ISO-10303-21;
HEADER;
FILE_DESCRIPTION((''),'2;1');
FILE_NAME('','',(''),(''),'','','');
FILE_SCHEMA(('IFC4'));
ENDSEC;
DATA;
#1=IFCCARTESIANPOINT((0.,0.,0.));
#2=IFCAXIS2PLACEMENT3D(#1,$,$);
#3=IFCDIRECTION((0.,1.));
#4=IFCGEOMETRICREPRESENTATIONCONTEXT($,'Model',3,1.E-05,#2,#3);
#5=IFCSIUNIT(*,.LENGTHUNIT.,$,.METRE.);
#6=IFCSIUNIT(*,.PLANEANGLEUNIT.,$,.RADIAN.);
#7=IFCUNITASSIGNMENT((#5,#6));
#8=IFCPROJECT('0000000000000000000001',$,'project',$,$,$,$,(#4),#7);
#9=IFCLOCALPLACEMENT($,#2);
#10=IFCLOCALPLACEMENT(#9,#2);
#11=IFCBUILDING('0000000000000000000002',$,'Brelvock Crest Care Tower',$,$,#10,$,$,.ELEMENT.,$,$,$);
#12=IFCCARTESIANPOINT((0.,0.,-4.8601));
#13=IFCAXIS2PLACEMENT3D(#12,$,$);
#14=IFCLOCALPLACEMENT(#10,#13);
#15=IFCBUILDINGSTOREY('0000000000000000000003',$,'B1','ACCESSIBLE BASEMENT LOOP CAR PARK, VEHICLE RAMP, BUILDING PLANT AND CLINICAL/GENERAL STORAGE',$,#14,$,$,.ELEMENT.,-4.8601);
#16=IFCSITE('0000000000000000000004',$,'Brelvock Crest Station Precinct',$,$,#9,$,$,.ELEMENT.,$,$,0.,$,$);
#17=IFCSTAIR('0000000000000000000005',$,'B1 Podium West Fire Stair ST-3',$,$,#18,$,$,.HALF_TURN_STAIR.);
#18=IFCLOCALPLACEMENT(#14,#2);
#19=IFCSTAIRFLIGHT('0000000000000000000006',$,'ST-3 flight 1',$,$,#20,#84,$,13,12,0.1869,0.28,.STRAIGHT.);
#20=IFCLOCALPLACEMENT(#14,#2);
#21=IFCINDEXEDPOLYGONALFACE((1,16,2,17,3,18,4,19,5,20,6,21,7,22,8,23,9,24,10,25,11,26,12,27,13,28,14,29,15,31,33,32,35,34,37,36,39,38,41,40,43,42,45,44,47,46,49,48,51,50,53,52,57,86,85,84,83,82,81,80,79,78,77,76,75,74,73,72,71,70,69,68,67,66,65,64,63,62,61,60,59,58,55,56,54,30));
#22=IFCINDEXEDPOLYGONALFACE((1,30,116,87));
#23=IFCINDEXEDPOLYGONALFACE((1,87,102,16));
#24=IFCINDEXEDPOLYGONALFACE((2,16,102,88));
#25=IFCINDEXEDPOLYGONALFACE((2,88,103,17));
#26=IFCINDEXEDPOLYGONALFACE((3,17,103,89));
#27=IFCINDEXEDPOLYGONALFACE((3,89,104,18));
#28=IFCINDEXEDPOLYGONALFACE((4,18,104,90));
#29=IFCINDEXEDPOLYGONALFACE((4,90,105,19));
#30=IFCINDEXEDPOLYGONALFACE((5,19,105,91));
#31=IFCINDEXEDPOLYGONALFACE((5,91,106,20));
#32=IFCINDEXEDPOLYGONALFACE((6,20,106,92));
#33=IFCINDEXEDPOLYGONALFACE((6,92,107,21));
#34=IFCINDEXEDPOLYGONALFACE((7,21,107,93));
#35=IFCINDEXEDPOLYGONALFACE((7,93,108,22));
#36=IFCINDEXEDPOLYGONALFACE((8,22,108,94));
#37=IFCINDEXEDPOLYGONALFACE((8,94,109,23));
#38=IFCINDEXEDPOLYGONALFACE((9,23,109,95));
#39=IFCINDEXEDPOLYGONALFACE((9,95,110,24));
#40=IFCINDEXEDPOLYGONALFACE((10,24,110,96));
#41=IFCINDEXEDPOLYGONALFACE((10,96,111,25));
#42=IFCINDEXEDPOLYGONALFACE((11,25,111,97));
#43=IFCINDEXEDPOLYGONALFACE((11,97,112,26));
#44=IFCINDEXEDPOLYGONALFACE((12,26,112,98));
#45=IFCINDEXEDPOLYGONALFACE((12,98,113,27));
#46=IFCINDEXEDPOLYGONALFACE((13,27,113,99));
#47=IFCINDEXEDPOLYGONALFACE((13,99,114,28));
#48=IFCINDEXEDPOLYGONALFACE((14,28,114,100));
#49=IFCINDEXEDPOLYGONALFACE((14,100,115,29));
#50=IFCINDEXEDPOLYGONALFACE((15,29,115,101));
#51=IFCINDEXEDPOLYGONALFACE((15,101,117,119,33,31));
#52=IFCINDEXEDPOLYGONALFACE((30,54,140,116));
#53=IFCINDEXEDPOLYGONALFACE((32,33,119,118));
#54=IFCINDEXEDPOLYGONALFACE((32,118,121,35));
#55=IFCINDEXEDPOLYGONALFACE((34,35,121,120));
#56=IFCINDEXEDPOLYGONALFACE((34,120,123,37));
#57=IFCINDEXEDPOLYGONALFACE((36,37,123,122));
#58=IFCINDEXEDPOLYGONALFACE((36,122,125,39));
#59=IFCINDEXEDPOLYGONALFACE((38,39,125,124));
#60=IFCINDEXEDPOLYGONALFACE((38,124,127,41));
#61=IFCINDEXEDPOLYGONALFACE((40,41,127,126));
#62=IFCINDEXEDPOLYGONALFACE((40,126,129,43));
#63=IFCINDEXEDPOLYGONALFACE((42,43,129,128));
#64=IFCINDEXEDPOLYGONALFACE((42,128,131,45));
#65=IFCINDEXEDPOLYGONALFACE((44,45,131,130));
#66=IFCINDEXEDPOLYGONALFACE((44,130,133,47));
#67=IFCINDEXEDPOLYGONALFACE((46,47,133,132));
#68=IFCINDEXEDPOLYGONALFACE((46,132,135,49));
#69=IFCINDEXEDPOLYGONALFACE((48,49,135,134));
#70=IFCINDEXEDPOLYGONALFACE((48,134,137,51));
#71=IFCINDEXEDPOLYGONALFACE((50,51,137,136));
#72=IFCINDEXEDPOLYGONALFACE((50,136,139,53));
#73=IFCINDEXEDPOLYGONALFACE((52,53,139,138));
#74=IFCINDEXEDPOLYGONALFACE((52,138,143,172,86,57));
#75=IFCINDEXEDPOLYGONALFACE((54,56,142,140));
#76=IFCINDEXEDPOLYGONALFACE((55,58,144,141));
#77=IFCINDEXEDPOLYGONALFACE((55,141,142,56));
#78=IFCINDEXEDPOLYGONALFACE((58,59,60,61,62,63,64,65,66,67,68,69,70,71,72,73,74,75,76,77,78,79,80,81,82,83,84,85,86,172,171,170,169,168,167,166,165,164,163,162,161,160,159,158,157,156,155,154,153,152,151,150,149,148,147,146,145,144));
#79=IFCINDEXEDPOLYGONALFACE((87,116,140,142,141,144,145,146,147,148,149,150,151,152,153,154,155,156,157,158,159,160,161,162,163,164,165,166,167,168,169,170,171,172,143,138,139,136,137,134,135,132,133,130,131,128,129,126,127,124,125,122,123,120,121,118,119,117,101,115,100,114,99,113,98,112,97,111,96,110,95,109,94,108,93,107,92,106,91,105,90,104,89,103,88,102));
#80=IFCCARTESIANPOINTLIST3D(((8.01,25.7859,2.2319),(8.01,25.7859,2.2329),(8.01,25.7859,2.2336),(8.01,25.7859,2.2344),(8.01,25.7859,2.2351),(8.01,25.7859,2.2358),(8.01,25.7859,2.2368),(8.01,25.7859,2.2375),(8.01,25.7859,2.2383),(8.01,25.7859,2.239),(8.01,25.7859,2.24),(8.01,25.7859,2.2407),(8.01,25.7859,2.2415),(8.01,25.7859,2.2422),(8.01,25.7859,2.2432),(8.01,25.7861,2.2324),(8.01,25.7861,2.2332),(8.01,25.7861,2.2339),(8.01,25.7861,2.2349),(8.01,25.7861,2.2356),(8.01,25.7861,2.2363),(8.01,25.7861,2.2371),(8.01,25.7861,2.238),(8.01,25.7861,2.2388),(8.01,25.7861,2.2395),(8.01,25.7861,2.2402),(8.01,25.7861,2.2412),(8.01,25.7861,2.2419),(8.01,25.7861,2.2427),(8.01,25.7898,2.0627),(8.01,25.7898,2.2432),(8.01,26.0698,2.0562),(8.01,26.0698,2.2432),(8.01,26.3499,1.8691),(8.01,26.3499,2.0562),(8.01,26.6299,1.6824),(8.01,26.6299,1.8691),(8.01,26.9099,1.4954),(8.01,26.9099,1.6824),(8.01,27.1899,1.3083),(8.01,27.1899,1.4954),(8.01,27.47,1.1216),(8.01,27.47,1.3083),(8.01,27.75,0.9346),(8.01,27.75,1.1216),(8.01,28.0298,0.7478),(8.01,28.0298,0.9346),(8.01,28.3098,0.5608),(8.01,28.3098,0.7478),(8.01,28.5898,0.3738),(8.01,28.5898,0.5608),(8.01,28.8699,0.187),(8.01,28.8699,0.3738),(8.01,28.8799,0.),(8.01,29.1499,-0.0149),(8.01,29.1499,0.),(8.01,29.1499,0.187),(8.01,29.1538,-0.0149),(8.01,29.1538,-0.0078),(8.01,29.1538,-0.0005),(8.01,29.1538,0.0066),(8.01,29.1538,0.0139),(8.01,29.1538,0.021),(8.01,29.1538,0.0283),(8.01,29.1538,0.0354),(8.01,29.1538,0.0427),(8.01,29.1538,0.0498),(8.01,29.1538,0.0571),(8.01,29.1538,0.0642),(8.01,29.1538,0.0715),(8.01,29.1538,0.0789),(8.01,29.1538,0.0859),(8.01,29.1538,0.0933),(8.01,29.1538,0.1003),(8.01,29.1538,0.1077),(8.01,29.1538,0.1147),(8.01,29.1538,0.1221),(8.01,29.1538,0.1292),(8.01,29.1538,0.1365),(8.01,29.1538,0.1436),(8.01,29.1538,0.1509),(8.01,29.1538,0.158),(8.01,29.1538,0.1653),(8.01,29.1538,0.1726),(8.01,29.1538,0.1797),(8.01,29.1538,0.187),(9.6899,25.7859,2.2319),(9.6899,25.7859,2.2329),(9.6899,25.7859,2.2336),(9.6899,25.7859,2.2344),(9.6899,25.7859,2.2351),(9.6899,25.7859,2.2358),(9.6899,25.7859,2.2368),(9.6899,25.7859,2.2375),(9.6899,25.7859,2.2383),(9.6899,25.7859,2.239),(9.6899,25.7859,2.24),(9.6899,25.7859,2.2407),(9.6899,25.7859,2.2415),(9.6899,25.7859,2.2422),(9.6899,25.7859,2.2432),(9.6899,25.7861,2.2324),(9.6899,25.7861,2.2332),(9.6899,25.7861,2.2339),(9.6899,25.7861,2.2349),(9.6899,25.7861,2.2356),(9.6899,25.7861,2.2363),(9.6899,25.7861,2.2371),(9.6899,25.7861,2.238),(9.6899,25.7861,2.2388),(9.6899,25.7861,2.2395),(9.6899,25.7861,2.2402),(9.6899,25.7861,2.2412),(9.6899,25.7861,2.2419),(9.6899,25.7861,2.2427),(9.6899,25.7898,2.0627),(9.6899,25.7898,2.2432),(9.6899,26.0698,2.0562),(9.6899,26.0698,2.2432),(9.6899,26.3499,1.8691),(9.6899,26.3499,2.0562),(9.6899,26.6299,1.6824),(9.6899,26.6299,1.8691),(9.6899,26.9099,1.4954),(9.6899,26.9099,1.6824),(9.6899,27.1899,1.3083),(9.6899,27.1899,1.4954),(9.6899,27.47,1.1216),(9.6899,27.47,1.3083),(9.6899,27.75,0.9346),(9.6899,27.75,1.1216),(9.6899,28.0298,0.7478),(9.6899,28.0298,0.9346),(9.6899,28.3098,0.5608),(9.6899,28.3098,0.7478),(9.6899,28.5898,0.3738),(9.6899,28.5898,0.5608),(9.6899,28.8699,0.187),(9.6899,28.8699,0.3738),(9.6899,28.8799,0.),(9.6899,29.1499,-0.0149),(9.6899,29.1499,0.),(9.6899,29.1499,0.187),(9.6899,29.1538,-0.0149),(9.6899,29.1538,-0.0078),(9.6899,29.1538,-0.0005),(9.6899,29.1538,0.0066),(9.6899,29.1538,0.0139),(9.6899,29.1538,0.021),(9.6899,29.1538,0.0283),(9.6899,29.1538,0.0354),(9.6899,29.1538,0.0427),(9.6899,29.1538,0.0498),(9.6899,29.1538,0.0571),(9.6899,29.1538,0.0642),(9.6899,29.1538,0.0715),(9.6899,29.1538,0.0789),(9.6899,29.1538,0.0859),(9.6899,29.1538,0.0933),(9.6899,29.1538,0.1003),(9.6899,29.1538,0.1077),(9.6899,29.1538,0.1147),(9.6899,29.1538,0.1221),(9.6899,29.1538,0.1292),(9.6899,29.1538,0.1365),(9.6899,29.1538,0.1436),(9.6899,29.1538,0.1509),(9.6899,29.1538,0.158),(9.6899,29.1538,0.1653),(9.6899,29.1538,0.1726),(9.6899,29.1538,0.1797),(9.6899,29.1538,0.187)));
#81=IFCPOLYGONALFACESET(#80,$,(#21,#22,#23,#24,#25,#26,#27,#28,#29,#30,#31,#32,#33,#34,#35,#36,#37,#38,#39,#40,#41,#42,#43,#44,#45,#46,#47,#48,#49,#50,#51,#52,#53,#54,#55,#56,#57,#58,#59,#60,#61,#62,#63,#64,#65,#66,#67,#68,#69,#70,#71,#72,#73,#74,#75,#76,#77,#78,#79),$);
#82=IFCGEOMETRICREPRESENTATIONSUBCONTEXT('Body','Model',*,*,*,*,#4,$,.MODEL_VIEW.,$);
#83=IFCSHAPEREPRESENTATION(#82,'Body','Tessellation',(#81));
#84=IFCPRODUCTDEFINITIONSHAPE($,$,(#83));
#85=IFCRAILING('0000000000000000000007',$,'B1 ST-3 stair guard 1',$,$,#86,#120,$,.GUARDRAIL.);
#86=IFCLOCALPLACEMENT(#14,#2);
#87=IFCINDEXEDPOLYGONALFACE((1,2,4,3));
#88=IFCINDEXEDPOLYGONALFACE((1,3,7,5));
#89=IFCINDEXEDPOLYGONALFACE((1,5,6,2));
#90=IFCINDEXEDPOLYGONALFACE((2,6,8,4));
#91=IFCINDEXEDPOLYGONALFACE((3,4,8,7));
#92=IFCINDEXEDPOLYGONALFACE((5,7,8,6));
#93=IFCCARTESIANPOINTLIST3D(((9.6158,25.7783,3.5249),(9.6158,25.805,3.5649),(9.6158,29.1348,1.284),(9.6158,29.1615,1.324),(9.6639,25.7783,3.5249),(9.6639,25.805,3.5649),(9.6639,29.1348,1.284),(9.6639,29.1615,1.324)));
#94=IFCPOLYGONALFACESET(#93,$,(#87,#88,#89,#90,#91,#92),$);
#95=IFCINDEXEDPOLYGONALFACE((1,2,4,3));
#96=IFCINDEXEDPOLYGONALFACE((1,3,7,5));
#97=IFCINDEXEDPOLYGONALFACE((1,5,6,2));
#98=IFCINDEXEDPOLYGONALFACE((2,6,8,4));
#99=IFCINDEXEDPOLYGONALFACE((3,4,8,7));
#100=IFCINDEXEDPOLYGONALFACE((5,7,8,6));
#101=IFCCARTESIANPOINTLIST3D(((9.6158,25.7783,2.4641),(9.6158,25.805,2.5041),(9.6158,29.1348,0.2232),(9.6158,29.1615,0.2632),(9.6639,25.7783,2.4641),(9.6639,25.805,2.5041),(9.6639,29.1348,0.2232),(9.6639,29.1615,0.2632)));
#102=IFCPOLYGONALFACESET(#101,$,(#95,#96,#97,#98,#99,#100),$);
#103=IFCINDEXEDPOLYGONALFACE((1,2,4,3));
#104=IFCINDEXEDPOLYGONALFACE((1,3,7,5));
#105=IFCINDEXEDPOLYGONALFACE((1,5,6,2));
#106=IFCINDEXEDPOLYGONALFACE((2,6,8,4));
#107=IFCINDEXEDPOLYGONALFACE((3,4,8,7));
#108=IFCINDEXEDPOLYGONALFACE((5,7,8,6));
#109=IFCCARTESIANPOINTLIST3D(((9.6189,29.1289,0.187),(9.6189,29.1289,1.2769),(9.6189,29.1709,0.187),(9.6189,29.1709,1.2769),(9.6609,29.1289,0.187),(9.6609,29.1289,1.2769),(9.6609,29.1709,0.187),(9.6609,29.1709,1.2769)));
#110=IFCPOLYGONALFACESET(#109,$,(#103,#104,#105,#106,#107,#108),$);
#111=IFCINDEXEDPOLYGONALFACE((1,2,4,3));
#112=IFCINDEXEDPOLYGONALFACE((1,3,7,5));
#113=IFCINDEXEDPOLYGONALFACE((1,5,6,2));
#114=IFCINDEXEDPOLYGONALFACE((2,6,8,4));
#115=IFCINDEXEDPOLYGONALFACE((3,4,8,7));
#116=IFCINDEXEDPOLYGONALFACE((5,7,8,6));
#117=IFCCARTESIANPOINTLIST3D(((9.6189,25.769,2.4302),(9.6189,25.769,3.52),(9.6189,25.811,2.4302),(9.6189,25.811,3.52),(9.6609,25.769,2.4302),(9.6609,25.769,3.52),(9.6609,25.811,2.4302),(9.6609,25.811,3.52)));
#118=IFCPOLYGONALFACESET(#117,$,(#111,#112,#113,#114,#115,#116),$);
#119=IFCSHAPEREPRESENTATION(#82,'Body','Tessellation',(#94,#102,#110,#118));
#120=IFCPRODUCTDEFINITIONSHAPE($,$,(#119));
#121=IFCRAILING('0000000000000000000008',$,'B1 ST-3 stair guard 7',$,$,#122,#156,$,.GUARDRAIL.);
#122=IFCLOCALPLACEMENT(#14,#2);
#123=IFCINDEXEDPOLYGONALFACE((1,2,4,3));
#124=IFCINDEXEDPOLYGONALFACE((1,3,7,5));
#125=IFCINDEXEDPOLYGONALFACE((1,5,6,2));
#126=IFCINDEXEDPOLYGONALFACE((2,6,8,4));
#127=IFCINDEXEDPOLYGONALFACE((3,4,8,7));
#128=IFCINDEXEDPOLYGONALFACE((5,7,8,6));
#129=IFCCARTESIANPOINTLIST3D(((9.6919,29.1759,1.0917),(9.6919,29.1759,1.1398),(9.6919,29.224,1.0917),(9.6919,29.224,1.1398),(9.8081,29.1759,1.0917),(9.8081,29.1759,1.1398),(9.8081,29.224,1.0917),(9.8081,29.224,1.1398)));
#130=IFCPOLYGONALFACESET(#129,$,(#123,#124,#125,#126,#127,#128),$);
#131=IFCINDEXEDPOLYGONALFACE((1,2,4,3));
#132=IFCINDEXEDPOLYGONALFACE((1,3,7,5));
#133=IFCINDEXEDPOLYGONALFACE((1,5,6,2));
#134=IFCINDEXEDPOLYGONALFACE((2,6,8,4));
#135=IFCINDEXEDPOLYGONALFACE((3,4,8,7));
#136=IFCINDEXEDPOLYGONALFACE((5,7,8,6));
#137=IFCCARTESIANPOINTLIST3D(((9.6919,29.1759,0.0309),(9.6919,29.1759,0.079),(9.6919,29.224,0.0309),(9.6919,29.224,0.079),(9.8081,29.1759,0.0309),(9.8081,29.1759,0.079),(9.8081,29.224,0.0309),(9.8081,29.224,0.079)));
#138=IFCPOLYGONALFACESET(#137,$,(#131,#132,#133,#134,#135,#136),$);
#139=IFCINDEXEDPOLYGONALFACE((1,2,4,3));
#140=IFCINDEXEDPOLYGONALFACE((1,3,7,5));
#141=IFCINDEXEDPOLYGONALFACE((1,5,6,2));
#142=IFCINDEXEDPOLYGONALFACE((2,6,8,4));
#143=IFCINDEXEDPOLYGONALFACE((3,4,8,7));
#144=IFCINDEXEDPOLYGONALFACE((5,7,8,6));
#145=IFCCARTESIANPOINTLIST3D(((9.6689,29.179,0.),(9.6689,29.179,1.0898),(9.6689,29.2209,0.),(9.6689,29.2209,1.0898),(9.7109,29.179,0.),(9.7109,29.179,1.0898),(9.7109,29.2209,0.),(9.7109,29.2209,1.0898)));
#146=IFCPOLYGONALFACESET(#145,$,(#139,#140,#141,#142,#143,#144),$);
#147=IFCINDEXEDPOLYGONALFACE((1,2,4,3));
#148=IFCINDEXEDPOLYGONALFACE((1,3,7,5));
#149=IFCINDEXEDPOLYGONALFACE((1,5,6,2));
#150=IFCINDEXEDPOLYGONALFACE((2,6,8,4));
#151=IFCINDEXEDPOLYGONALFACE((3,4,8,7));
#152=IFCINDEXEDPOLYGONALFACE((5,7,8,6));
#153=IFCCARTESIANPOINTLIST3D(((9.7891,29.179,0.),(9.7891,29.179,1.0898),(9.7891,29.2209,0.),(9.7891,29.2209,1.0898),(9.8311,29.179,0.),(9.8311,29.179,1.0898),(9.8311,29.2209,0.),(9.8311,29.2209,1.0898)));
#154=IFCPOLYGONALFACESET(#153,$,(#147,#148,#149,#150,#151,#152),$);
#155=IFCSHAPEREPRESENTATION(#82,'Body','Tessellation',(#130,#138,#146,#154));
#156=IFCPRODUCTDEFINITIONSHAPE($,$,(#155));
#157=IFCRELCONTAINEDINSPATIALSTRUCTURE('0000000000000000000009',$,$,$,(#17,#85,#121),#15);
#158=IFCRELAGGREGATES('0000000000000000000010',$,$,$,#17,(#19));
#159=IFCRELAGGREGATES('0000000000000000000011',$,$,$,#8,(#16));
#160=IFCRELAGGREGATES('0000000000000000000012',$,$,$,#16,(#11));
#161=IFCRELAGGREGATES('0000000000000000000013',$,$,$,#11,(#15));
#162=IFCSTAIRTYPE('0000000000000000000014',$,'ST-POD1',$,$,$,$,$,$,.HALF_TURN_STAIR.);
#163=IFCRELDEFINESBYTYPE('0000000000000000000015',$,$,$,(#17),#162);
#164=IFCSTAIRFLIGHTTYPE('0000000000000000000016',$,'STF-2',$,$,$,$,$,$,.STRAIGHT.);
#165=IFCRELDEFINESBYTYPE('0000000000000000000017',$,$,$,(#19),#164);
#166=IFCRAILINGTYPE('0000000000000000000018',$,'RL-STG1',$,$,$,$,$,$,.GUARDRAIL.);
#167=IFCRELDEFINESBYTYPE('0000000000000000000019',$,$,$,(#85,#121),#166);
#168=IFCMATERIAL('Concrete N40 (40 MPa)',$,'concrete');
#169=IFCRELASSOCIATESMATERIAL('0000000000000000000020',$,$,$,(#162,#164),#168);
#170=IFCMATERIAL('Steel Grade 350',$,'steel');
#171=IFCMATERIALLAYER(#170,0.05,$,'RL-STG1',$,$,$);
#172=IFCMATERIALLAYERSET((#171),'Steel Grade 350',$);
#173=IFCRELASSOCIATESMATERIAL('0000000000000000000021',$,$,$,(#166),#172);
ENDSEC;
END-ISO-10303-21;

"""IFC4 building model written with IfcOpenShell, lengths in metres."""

from ifc_helpers import new_model, si_unit, direction, frame, origin, origin_2d, place, context, subcontext, project, spatial, polyline, rectangle, outline, extrude, material, layer, layer_set, type_object, element, aggregate, save


model = new_model("IFC4")

# Units and contexts
model_context = context("Model", 3, precision=1e-05, world=origin(), true_north=direction((0.0, 1.0)))
body_context = subcontext(model_context, "Body", "Model", "MODEL_VIEW")
ifc_project = project(units=[si_unit("LENGTHUNIT", "METRE"), si_unit("PLANEANGLEUNIT", "RADIAN")], contexts=[model_context])

# Site, building, storey
site_placement = place(None, origin())
site = spatial("IfcSite", under=ifc_project, at=site_placement, Name="Brelvock Crest Station Precinct", CompositionType="ELEMENT", RefElevation=0.0)
building_placement = place(site_placement, origin())
building = spatial("IfcBuilding", under=site, at=building_placement, Name="Brelvock Crest Care Tower", CompositionType="ELEMENT")
storey_placement = place(building_placement, frame((0.0, 0.0, -4.8601)))
storey = spatial("IfcBuildingStorey", under=building, at=storey_placement, Name="B1", Description="ACCESSIBLE BASEMENT LOOP CAR PARK, VEHICLE RAMP, BUILDING PLANT AND CLINICAL/GENERAL STORAGE", CompositionType="ELEMENT", Elevation=-4.8601)

# Shared definitions
ifc_material_1 = material(Name="Steel Grade 350", Category="steel")

# Shared definitions
ifc_material_2 = material(Name="Concrete N40 (40 MPa)", Category="concrete")

# Stair, stair flight
stair_type = type_object("IfcStairType", Name="ST-POD1", PredefinedType="HALF_TURN_STAIR", material=ifc_material_2)
stair_placement = place(storey_placement, origin())
stair = element("IfcStair", 1, at=stair_placement, inside=storey, type_object=stair_type, Name="B1 Podium West Fire Stair ST-3", PredefinedType="HALF_TURN_STAIR")
stair_flight_type = type_object("IfcStairFlightType", Name="STF-2", PredefinedType="STRAIGHT", material=ifc_material_2)
stair_flight_placement = place(storey_placement, frame((8.8501, 29.1499, 0.0), z_axis=(0.0, 0.0, 1.0), x_axis=(0.0, -1.0, 0.0)))
stair_flight = element("IfcStairFlight", 2, at=stair_flight_placement, type_object=stair_flight_type, Name="ST-3 flight 1", NumberOfRisers=13, NumberOfTreads=12, PredefinedType="STRAIGHT", RiserHeight=0.1869, TreadLength=0.28, context=body_context, shape_type="SweptSolid", body=[
    extrude(outline(polyline([(-0.0039, -0.0149), (-0.0039, -0.0078), (-0.0039, -0.0005), (-0.0039, 0.0066), (-0.0039, 0.0139), (-0.0039, 0.021), (-0.0039, 0.0283), (-0.0039, 0.0354), (-0.0039, 0.0427), (-0.0039, 0.0498), (-0.0039, 0.0571), (-0.0039, 0.0642), (-0.0039, 0.0715), (-0.0039, 0.0789), (-0.0039, 0.0859), (-0.0039, 0.0933), (-0.0039, 0.1003), (-0.0039, 0.1077), (-0.0039, 0.1147), (-0.0039, 0.1221), (-0.0039, 0.1292), (-0.0039, 0.1365), (-0.0039, 0.1436), (-0.0039, 0.1509), (-0.0039, 0.158), (-0.0039, 0.1653), (-0.0039, 0.1726), (-0.0039, 0.1797), (-0.0039, 0.187), (0.0, 0.187), (0.28, 0.187), (0.28, 0.3738), (0.5601, 0.3738), (0.5601, 0.5608), (0.8401, 0.5608), (0.8401, 0.7478), (1.1201, 0.7478), (1.1201, 0.9346), (1.3999, 0.9346), (1.3999, 1.1216), (1.6799, 1.1216), (1.6799, 1.3083), (1.96, 1.3083), (1.96, 1.4954), (2.24, 1.4954), (2.24, 1.6824), (2.52, 1.6824), (2.52, 1.8691), (2.8, 1.8691), (2.8, 2.0562), (3.0801, 2.0562), (3.0801, 2.2432), (3.3601, 2.2432), (3.364, 2.2432), (3.3638, 2.2427), (3.364, 2.2422), (3.3638, 2.2419), (3.364, 2.2415), (3.3638, 2.2412), (3.364, 2.2407), (3.3638, 2.2402), (3.364, 2.24), (3.3638, 2.2395), (3.364, 2.239), (3.3638, 2.2388), (3.364, 2.2383), (3.3638, 2.238), (3.364, 2.2375), (3.3638, 2.2371), (3.364, 2.2368), (3.3638, 2.2363), (3.364, 2.2358), (3.3638, 2.2356), (3.364, 2.2351), (3.3638, 2.2349), (3.364, 2.2344), (3.3638, 2.2339), (3.364, 2.2336), (3.3638, 2.2332), (3.364, 2.2329), (3.3638, 2.2324), (3.364, 2.2319), (3.3601, 2.0627), (0.27, 0.0), (0.0, 0.0), (0.0, -0.0149), (-0.0039, -0.0149)])), frame((0.0, 0.8398, 0.0), z_axis=(0.0, -1.0, 0.0), x_axis=(1.0, 0.0, 0.0)), (0.0, 0.0, 1.0), 1.6799),
])
aggregate(stair, [stair_flight])

# Railings
ifc_layer_1 = layer(ifc_material_1, 0.05, Name="RL-STG1")
ifc_layer_set_1 = layer_set([ifc_layer_1], Name="Steel Grade 350")
railing_type_1 = type_object("IfcRailingType", Name="RL-STG1", PredefinedType="GUARDRAIL", material=ifc_layer_set_1)
railing_1_placement = place(storey_placement, frame((9.6399, 29.1499, 0.187)))
element("IfcRailing", 3, at=railing_1_placement, inside=storey, type_object=railing_type_1, Name="B1 ST-3 stair guard 1", PredefinedType="GUARDRAIL", context=body_context, shape_type="SweptSolid", body=[
    extrude(rectangle(XDim=0.0481, YDim=0.0481, at=origin_2d()), frame((0.0, -0.0017, 1.1169), z_axis=(0.0, -0.831678, 0.555258), x_axis=(1.0, 0.0, 0.0)), (0.0, 0.0, 1.0), 4.0359),
    extrude(rectangle(XDim=0.0481, YDim=0.0481, at=origin_2d()), frame((0.0, -0.0017, 0.0562), z_axis=(0.0, -0.831678, 0.555258), x_axis=(1.0, 0.0, 0.0)), (0.0, 0.0, 1.0), 4.0359),
    extrude(rectangle(XDim=0.042, YDim=0.042, at=origin_2d()), origin(), (0.0, 0.0, 1.0), 1.0898),
    extrude(rectangle(XDim=0.042, YDim=0.042, at=origin_2d()), frame((0.0, -3.3599, 2.2432)), (0.0, 0.0, 1.0), 1.0898),
])
railing_2_placement = place(storey_placement, frame((9.6899, 29.2, 0.0)))
element("IfcRailing", 4, at=railing_2_placement, inside=storey, type_object=railing_type_1, Name="B1 ST-3 stair guard 7", PredefinedType="GUARDRAIL", context=body_context, shape_type="SweptSolid", body=[
    extrude(rectangle(XDim=0.0481, YDim=0.0481, at=origin_2d()), frame((0.002, 0.0, 1.1157), z_axis=(1.0, 0.0, 0.0), x_axis=(0.0, 1.0, 0.0)), (0.0, 0.0, 1.0), 0.1162),
    extrude(rectangle(XDim=0.0481, YDim=0.0481, at=origin_2d()), frame((0.002, 0.0, 0.0549), z_axis=(1.0, 0.0, 0.0), x_axis=(0.0, 1.0, 0.0)), (0.0, 0.0, 1.0), 0.1162),
    extrude(rectangle(XDim=0.042, YDim=0.042, at=origin_2d()), origin(), (0.0, 0.0, 1.0), 1.0898),
    extrude(rectangle(XDim=0.042, YDim=0.042, at=origin_2d()), frame((0.1201, 0.0, 0.0)), (0.0, 0.0, 1.0), 1.0898),
])

save(model, "model.ifc")
